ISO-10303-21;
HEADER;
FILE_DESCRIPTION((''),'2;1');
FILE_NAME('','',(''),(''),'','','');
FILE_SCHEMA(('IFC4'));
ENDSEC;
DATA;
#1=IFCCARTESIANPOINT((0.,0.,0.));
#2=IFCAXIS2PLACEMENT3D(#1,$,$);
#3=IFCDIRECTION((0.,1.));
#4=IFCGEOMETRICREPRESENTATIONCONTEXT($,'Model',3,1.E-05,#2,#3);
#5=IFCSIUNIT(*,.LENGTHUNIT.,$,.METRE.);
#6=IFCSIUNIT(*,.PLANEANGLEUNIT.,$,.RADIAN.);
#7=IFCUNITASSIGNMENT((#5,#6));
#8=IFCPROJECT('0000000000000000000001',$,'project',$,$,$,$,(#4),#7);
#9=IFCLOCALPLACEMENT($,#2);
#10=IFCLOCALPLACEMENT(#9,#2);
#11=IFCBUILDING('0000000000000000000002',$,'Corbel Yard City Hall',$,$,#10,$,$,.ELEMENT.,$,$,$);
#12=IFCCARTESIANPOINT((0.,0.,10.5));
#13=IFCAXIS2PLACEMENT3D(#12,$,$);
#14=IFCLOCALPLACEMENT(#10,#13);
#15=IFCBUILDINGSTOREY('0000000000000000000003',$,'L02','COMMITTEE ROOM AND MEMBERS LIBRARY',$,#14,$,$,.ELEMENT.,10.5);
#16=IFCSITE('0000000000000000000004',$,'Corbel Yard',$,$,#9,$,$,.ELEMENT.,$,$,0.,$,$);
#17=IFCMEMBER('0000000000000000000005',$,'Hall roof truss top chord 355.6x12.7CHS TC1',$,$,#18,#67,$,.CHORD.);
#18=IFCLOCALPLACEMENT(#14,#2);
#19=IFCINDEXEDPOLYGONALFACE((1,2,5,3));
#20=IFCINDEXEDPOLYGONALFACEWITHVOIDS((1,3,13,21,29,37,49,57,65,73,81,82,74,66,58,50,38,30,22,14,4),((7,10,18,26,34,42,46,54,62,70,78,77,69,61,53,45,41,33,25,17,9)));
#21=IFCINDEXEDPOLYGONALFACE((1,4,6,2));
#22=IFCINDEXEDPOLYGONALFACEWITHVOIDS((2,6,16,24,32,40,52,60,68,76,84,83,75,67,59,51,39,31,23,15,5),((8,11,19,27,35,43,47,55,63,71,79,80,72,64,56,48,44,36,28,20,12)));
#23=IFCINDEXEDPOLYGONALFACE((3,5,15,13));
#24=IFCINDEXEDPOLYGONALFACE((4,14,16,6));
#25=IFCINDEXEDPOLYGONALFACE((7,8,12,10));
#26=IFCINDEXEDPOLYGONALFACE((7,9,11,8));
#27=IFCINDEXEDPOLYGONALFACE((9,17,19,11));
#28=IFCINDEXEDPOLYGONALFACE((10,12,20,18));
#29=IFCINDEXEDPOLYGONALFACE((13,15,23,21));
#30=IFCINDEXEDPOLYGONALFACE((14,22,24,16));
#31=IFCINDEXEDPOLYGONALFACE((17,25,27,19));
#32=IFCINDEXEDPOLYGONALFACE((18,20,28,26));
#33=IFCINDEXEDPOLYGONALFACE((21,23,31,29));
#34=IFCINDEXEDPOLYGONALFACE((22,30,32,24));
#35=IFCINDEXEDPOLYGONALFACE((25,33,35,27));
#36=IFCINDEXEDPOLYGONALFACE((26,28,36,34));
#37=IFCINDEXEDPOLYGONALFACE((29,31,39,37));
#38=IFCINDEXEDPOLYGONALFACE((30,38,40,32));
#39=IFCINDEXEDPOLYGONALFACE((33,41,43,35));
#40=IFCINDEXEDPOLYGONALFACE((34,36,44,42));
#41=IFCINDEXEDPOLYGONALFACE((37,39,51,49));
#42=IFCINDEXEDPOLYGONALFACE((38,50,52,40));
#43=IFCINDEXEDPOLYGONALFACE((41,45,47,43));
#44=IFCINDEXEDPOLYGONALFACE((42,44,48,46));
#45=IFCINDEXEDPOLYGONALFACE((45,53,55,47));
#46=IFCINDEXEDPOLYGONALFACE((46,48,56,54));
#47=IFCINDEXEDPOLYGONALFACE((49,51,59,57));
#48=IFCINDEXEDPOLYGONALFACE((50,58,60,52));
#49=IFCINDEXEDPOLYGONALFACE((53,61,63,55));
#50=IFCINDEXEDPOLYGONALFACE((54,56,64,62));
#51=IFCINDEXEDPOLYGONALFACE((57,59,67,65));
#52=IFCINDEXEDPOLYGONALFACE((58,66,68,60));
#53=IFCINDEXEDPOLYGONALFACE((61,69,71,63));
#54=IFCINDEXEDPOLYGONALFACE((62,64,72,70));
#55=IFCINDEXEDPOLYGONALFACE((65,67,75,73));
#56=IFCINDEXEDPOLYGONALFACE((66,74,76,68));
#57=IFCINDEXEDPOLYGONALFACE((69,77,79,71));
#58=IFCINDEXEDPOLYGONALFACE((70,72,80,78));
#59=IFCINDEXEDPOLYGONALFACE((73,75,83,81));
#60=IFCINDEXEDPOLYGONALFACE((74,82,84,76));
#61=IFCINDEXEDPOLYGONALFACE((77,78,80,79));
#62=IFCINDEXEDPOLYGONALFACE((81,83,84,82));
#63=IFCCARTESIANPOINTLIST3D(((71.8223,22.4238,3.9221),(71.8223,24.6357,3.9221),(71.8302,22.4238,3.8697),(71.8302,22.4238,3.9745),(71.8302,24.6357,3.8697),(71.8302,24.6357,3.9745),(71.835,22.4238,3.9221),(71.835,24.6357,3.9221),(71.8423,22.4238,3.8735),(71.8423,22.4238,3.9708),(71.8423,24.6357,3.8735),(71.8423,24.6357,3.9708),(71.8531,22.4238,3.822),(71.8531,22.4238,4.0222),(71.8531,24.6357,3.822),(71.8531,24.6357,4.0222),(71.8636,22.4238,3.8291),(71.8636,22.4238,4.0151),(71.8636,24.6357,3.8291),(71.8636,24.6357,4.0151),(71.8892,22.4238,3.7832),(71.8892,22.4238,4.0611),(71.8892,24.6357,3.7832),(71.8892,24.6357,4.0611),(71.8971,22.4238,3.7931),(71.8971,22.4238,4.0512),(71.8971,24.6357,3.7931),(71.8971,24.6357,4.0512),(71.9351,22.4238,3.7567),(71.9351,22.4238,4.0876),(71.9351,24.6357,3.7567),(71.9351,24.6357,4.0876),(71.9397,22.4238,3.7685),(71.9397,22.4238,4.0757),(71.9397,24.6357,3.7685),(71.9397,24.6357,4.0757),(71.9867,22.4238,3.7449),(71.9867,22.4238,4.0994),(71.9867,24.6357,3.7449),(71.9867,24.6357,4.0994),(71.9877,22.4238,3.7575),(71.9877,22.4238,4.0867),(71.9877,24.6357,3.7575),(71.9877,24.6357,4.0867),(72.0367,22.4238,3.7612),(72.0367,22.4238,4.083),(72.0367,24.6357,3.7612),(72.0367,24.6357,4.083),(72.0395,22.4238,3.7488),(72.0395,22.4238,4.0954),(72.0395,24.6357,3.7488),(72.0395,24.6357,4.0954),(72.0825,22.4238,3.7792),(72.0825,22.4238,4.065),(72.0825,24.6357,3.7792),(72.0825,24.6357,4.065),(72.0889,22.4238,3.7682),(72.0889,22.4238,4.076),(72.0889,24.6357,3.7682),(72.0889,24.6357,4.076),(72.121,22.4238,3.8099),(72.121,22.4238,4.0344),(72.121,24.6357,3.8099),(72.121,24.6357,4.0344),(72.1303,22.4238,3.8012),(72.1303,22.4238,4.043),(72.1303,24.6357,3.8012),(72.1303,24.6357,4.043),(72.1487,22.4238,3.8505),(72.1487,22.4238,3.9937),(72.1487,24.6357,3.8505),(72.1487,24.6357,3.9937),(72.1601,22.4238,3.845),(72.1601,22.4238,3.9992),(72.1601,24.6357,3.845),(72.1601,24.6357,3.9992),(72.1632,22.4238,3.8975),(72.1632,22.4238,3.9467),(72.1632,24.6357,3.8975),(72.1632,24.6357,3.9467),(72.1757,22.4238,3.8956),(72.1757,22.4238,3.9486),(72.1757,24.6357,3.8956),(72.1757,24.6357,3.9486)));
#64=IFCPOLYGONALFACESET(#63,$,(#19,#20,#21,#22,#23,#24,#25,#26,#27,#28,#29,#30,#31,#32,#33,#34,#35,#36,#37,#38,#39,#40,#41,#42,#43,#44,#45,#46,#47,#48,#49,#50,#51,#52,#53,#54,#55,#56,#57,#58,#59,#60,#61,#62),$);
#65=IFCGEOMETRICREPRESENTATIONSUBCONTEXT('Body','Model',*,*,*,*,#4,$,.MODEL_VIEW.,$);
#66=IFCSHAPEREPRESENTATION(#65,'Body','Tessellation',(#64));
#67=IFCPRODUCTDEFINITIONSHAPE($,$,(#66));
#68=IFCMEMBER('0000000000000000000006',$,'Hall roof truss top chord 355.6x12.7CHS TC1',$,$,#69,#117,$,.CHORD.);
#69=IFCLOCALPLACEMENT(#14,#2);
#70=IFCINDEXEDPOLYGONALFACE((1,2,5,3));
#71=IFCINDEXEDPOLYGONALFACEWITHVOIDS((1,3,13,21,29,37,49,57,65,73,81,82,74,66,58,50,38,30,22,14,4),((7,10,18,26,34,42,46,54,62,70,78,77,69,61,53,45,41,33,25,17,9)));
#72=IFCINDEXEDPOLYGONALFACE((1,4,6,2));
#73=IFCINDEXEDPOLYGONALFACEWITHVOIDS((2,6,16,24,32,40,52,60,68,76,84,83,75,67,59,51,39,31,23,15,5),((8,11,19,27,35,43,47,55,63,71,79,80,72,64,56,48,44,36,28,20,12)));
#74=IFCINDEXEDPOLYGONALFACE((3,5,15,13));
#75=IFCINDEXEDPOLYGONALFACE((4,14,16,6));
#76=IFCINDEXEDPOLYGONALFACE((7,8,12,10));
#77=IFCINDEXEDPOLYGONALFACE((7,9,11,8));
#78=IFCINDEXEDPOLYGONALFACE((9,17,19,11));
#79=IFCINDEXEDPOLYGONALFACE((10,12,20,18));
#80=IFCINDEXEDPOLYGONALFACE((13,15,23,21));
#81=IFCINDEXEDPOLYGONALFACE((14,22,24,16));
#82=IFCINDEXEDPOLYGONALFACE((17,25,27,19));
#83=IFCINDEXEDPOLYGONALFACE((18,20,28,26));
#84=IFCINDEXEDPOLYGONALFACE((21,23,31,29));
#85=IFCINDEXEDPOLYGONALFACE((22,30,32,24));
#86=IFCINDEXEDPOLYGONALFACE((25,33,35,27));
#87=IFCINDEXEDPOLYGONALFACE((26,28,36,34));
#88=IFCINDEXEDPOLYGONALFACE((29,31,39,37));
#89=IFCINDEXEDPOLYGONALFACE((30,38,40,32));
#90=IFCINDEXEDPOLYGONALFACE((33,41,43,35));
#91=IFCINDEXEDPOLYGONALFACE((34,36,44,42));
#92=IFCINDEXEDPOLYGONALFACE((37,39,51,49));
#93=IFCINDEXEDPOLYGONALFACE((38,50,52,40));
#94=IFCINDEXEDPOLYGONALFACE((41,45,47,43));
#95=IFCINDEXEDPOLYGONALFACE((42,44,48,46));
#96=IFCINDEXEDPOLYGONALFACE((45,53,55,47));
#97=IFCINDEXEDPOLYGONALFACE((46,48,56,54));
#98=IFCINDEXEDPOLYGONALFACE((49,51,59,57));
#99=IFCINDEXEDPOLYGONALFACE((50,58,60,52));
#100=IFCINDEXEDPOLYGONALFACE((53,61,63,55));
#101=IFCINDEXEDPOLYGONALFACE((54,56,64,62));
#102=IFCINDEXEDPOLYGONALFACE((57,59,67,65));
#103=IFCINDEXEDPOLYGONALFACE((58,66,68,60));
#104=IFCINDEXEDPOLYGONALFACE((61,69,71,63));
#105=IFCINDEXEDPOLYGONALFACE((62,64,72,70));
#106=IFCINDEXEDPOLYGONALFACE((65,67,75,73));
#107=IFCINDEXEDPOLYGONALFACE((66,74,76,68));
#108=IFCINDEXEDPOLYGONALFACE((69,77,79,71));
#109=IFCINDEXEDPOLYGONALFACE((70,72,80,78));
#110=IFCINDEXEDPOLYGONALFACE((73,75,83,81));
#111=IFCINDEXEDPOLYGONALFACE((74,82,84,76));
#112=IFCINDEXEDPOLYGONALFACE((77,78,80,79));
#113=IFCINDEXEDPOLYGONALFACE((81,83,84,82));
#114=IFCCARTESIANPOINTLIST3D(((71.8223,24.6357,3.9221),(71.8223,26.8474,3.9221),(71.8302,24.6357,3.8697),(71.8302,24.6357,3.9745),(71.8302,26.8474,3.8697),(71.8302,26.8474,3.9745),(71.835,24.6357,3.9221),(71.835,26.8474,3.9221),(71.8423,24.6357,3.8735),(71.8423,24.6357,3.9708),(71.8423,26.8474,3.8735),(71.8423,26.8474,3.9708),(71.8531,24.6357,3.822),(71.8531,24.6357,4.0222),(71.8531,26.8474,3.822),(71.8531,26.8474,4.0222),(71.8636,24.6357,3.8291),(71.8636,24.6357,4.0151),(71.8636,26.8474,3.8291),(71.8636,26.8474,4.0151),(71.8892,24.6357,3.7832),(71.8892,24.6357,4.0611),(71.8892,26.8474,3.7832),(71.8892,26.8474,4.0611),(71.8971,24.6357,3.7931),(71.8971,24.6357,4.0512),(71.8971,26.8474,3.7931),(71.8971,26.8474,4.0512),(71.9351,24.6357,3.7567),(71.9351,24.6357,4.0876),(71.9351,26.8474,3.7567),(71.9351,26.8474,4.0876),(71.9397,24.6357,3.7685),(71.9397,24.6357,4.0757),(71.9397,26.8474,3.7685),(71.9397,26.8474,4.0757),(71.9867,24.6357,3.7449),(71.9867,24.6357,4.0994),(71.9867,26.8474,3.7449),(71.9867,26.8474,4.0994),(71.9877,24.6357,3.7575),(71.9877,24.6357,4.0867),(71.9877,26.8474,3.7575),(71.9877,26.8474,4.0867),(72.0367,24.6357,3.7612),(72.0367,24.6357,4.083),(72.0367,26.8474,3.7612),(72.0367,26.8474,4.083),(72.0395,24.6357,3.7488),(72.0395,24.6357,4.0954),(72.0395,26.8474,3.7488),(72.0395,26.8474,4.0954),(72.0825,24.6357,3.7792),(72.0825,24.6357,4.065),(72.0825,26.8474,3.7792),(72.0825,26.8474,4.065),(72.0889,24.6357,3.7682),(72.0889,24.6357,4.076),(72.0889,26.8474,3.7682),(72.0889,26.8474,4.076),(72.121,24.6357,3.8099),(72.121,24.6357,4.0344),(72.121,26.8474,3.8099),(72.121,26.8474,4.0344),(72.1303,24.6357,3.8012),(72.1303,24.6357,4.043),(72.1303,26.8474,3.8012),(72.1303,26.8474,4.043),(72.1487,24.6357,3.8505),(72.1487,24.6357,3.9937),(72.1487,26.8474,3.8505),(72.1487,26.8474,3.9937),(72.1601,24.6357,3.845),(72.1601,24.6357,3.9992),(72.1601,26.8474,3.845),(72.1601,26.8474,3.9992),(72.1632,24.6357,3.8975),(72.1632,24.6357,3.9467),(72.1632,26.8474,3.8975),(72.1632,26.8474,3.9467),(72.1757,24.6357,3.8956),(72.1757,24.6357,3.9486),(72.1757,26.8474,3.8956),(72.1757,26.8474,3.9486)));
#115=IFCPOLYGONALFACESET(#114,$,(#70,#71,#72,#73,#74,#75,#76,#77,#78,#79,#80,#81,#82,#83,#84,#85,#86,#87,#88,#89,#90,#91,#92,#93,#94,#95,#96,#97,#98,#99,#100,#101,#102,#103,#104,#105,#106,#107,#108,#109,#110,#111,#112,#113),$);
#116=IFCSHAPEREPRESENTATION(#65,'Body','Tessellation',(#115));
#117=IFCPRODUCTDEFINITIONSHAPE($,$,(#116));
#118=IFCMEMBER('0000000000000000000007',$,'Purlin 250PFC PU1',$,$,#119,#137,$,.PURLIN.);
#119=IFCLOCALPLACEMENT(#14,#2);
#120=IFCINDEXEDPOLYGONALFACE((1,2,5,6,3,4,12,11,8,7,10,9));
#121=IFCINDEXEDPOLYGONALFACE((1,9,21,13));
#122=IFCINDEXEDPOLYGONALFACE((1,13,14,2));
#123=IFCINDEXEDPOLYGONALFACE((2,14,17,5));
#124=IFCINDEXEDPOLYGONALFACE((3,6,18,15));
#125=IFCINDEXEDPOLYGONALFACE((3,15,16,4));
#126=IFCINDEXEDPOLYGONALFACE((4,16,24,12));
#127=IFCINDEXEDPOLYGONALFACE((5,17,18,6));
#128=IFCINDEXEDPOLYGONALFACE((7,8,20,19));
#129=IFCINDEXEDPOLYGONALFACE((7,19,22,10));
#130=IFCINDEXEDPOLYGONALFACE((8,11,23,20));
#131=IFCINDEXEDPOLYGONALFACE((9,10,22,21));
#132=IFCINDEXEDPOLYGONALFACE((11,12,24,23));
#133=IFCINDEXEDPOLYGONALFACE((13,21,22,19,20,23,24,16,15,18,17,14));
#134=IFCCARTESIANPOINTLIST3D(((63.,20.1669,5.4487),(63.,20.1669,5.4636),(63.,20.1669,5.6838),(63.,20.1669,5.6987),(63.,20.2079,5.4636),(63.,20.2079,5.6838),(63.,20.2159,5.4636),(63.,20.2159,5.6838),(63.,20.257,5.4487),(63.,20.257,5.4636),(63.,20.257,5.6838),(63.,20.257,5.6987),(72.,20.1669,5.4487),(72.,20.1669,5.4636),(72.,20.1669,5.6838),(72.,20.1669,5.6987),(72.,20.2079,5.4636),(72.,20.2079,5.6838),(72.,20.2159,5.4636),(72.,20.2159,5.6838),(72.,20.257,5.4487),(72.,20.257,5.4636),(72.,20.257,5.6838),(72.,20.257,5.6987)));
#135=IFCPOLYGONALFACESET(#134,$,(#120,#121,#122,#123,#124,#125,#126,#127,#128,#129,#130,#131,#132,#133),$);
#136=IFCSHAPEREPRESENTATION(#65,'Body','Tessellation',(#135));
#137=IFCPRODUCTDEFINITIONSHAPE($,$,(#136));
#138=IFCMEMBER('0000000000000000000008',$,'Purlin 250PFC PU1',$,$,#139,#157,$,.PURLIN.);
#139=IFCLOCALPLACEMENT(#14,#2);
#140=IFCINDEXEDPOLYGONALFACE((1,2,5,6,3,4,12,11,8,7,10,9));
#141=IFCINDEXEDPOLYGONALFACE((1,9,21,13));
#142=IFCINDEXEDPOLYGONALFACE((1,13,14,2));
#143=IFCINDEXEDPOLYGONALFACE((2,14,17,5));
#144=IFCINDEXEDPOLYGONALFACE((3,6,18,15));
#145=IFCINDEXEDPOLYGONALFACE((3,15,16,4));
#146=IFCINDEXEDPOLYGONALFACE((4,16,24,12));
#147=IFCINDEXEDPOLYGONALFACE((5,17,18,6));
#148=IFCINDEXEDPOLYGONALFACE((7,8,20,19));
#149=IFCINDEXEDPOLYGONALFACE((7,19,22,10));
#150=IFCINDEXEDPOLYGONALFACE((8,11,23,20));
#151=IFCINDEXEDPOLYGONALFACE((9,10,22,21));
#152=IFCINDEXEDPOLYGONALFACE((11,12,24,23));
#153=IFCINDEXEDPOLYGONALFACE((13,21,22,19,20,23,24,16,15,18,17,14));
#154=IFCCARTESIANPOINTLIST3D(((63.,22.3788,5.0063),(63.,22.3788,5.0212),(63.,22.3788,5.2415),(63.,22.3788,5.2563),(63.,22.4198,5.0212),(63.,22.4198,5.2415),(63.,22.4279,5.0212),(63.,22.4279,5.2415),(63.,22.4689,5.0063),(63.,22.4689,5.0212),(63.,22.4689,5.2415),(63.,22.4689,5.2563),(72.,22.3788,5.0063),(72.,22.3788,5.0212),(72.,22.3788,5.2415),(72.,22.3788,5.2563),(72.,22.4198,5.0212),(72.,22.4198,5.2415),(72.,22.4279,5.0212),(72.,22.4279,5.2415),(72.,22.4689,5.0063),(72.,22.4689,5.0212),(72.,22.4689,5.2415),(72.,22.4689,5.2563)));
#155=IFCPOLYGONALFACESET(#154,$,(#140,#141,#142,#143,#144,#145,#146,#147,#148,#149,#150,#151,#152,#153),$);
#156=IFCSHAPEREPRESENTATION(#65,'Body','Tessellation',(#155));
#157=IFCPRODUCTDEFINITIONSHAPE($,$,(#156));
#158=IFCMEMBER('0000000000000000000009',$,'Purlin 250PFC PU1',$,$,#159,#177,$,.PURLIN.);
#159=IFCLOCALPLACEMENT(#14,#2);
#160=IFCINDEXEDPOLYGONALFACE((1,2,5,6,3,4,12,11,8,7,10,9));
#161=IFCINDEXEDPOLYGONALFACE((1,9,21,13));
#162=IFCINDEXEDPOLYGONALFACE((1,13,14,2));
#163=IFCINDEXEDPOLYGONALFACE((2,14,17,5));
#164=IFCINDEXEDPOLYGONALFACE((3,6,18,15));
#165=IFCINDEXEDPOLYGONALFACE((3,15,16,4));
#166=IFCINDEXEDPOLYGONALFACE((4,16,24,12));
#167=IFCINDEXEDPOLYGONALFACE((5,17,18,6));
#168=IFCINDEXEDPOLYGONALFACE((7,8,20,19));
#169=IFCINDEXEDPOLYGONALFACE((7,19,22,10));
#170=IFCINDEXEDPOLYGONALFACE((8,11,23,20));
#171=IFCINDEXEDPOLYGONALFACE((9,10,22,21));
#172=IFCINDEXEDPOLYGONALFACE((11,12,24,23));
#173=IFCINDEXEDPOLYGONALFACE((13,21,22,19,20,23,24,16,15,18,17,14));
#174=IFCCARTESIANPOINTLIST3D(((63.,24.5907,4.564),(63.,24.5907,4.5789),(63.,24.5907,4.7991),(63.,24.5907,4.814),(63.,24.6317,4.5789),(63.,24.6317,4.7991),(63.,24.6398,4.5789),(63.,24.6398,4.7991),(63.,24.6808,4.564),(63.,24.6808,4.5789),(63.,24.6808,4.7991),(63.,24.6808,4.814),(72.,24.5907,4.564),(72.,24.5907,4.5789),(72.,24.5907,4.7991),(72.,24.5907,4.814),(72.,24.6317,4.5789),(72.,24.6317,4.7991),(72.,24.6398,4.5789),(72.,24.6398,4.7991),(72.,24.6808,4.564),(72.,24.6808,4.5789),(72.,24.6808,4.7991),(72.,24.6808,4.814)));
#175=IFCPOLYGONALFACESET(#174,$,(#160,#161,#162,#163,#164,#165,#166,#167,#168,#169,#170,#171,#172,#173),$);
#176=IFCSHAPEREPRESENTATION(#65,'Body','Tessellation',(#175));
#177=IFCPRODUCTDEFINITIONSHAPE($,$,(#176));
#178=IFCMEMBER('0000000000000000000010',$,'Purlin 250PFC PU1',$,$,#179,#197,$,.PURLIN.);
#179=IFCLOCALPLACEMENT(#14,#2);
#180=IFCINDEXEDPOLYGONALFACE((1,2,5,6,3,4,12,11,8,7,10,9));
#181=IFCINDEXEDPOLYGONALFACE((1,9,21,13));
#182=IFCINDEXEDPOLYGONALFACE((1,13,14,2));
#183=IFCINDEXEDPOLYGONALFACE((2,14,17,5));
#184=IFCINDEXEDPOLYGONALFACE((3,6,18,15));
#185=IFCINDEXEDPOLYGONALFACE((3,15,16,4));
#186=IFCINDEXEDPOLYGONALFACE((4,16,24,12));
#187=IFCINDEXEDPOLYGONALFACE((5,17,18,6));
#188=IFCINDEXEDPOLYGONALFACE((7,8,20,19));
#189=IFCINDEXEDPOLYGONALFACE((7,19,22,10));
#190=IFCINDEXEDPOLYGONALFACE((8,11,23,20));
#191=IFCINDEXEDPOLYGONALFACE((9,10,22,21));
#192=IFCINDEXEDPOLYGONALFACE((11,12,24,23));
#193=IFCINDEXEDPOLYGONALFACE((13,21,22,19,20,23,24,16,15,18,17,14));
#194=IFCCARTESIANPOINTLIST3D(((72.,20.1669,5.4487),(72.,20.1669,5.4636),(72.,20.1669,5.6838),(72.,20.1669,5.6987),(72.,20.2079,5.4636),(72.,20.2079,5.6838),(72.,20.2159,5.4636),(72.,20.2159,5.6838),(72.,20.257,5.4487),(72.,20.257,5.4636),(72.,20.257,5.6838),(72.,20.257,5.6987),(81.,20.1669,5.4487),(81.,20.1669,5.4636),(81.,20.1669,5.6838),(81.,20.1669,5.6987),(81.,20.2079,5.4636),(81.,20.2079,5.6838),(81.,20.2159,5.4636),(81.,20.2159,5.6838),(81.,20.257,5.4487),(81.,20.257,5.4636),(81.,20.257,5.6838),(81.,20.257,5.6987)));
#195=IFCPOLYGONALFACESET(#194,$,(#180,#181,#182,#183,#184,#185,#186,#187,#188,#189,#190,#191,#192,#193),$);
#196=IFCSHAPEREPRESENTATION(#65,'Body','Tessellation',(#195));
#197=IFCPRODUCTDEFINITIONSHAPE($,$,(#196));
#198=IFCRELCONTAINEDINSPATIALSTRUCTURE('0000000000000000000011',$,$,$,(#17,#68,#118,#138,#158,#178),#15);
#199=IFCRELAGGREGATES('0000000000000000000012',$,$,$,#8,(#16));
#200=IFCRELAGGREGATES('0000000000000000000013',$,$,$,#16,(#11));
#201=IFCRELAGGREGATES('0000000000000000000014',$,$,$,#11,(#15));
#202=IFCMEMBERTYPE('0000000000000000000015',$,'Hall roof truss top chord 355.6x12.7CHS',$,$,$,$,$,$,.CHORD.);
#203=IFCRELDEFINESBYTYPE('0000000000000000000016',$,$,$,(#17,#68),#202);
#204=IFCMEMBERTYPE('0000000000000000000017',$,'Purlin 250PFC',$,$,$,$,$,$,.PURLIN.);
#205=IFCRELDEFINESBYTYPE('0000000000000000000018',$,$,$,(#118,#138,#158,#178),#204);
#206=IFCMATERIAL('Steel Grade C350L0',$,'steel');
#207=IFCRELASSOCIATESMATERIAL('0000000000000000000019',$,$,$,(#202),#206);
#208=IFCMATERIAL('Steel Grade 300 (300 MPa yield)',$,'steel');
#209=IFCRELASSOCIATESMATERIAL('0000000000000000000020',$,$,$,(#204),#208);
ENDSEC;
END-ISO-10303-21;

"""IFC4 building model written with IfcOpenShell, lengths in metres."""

from ifc_helpers import new_model, si_unit, direction, frame, origin, origin_2d, place, context, subcontext, project, spatial, hollow_circle, i_section, extrude, material, material_profile, profile_set, type_object, element, save


model = new_model("IFC4")

# Units and contexts
model_context = context("Model", 3, precision=1e-05, world=origin(), true_north=direction((0.0, 1.0)))
body_context = subcontext(model_context, "Body", "Model", "MODEL_VIEW")
ifc_project = project(units=[si_unit("LENGTHUNIT", "METRE"), si_unit("PLANEANGLEUNIT", "RADIAN")], contexts=[model_context])

# Site, building, storey
site_placement = place(None, origin())
site = spatial("IfcSite", under=ifc_project, at=site_placement, Name="Corbel Yard", CompositionType="ELEMENT", RefElevation=0.0)
building_placement = place(site_placement, origin())
building = spatial("IfcBuilding", under=site, at=building_placement, Name="Corbel Yard City Hall", CompositionType="ELEMENT")
storey_placement = place(building_placement, frame((0.0, 0.0, 10.5)))
storey = spatial("IfcBuildingStorey", under=building, at=storey_placement, Name="L02", Description="COMMITTEE ROOM AND MEMBERS LIBRARY", CompositionType="ELEMENT", Elevation=10.5)

# Shared definitions
ifc_material_1 = material(Name="Steel Grade 300 (300 MPa yield)", Category="steel")

# Members
ifc_material_2 = material(Name="Steel Grade C350L0", Category="steel")
ifc_material_profile_1 = material_profile(ifc_material_2, hollow_circle(Radius=0.1777, WallThickness=0.0127, at=origin_2d()), Name="355.6x12.7CHS")
ifc_profile_set_1 = profile_set([ifc_material_profile_1], Name="Steel Grade C350L0")
member_type_1 = type_object("IfcMemberType", Name="Hall roof truss top chord 355.6x12.7CHS", PredefinedType="CHORD", material=ifc_profile_set_1)
for number, where, z_axis, x_axis, name in (
    (1, (72.0, 22.4238, 3.9221), (0.0, 1.0, 0.0), (-1.0, 0.0, 0.0), "Hall roof truss top chord 355.6x12.7CHS TC1"),
):
    element("IfcMember", number, at=place(storey_placement, frame(where, z_axis=z_axis, x_axis=x_axis)), inside=storey, type_object=member_type_1, Name=name, PredefinedType="CHORD", context=body_context, shape_type="SweptSolid", body=[
        extrude(hollow_circle(Radius=0.1777, WallThickness=0.0127, at=origin_2d()), origin(), (0.0, 0.0, 1.0), 2.2119),
    ])
member_1_placement = place(storey_placement, frame((72.0, 24.6357, 3.9221), z_axis=(0.0, 1.0, 0.0), x_axis=(-1.0, 0.0, 0.0)))
element("IfcMember", 2, at=member_1_placement, inside=storey, type_object=member_type_1, Name="Hall roof truss top chord 355.6x12.7CHS TC1", PredefinedType="CHORD", context=body_context, shape_type="SweptSolid", body=[
    extrude(hollow_circle(Radius=0.1777, WallThickness=0.0127, at=origin_2d()), origin(), (0.0, 0.0, 1.0), 2.2117),
])
ifc_material_profile_2 = material_profile(ifc_material_1, i_section(OverallWidth=0.0901, OverallDepth=0.25, WebThickness=0.0081, FlangeThickness=0.0149, at=origin_2d()), Name="250PFC")
ifc_profile_set_2 = profile_set([ifc_material_profile_2], Name="Steel Grade 300 (300 MPa yield)")
member_type_2 = type_object("IfcMemberType", Name="Purlin 250PFC", PredefinedType="PURLIN", material=ifc_profile_set_2)
for number, where, z_axis, x_axis, name in (
    (3, (63.0, 20.2119, 5.5737), (1.0, 0.0, 0.0), (0.0, 1.0, 0.0), "Purlin 250PFC PU1"),
    (4, (63.0, 22.4238, 5.1313), (1.0, 0.0, 0.0), (0.0, 1.0, 0.0), "Purlin 250PFC PU1"),
    (5, (63.0, 24.6357, 4.689), (1.0, 0.0, 0.0), (0.0, 1.0, 0.0), "Purlin 250PFC PU1"),
    (6, (72.0, 20.2119, 5.5737), (1.0, 0.0, 0.0), (0.0, 1.0, 0.0), "Purlin 250PFC PU1"),
):
    element("IfcMember", number, at=place(storey_placement, frame(where, z_axis=z_axis, x_axis=x_axis)), inside=storey, type_object=member_type_2, Name=name, PredefinedType="PURLIN", context=body_context, shape_type="SweptSolid", body=[
        extrude(i_section(OverallWidth=0.0901, OverallDepth=0.25, WebThickness=0.0081, FlangeThickness=0.0149, at=origin_2d()), origin(), (0.0, 0.0, 1.0), 9.0),
    ])

save(model, "model.ifc")
